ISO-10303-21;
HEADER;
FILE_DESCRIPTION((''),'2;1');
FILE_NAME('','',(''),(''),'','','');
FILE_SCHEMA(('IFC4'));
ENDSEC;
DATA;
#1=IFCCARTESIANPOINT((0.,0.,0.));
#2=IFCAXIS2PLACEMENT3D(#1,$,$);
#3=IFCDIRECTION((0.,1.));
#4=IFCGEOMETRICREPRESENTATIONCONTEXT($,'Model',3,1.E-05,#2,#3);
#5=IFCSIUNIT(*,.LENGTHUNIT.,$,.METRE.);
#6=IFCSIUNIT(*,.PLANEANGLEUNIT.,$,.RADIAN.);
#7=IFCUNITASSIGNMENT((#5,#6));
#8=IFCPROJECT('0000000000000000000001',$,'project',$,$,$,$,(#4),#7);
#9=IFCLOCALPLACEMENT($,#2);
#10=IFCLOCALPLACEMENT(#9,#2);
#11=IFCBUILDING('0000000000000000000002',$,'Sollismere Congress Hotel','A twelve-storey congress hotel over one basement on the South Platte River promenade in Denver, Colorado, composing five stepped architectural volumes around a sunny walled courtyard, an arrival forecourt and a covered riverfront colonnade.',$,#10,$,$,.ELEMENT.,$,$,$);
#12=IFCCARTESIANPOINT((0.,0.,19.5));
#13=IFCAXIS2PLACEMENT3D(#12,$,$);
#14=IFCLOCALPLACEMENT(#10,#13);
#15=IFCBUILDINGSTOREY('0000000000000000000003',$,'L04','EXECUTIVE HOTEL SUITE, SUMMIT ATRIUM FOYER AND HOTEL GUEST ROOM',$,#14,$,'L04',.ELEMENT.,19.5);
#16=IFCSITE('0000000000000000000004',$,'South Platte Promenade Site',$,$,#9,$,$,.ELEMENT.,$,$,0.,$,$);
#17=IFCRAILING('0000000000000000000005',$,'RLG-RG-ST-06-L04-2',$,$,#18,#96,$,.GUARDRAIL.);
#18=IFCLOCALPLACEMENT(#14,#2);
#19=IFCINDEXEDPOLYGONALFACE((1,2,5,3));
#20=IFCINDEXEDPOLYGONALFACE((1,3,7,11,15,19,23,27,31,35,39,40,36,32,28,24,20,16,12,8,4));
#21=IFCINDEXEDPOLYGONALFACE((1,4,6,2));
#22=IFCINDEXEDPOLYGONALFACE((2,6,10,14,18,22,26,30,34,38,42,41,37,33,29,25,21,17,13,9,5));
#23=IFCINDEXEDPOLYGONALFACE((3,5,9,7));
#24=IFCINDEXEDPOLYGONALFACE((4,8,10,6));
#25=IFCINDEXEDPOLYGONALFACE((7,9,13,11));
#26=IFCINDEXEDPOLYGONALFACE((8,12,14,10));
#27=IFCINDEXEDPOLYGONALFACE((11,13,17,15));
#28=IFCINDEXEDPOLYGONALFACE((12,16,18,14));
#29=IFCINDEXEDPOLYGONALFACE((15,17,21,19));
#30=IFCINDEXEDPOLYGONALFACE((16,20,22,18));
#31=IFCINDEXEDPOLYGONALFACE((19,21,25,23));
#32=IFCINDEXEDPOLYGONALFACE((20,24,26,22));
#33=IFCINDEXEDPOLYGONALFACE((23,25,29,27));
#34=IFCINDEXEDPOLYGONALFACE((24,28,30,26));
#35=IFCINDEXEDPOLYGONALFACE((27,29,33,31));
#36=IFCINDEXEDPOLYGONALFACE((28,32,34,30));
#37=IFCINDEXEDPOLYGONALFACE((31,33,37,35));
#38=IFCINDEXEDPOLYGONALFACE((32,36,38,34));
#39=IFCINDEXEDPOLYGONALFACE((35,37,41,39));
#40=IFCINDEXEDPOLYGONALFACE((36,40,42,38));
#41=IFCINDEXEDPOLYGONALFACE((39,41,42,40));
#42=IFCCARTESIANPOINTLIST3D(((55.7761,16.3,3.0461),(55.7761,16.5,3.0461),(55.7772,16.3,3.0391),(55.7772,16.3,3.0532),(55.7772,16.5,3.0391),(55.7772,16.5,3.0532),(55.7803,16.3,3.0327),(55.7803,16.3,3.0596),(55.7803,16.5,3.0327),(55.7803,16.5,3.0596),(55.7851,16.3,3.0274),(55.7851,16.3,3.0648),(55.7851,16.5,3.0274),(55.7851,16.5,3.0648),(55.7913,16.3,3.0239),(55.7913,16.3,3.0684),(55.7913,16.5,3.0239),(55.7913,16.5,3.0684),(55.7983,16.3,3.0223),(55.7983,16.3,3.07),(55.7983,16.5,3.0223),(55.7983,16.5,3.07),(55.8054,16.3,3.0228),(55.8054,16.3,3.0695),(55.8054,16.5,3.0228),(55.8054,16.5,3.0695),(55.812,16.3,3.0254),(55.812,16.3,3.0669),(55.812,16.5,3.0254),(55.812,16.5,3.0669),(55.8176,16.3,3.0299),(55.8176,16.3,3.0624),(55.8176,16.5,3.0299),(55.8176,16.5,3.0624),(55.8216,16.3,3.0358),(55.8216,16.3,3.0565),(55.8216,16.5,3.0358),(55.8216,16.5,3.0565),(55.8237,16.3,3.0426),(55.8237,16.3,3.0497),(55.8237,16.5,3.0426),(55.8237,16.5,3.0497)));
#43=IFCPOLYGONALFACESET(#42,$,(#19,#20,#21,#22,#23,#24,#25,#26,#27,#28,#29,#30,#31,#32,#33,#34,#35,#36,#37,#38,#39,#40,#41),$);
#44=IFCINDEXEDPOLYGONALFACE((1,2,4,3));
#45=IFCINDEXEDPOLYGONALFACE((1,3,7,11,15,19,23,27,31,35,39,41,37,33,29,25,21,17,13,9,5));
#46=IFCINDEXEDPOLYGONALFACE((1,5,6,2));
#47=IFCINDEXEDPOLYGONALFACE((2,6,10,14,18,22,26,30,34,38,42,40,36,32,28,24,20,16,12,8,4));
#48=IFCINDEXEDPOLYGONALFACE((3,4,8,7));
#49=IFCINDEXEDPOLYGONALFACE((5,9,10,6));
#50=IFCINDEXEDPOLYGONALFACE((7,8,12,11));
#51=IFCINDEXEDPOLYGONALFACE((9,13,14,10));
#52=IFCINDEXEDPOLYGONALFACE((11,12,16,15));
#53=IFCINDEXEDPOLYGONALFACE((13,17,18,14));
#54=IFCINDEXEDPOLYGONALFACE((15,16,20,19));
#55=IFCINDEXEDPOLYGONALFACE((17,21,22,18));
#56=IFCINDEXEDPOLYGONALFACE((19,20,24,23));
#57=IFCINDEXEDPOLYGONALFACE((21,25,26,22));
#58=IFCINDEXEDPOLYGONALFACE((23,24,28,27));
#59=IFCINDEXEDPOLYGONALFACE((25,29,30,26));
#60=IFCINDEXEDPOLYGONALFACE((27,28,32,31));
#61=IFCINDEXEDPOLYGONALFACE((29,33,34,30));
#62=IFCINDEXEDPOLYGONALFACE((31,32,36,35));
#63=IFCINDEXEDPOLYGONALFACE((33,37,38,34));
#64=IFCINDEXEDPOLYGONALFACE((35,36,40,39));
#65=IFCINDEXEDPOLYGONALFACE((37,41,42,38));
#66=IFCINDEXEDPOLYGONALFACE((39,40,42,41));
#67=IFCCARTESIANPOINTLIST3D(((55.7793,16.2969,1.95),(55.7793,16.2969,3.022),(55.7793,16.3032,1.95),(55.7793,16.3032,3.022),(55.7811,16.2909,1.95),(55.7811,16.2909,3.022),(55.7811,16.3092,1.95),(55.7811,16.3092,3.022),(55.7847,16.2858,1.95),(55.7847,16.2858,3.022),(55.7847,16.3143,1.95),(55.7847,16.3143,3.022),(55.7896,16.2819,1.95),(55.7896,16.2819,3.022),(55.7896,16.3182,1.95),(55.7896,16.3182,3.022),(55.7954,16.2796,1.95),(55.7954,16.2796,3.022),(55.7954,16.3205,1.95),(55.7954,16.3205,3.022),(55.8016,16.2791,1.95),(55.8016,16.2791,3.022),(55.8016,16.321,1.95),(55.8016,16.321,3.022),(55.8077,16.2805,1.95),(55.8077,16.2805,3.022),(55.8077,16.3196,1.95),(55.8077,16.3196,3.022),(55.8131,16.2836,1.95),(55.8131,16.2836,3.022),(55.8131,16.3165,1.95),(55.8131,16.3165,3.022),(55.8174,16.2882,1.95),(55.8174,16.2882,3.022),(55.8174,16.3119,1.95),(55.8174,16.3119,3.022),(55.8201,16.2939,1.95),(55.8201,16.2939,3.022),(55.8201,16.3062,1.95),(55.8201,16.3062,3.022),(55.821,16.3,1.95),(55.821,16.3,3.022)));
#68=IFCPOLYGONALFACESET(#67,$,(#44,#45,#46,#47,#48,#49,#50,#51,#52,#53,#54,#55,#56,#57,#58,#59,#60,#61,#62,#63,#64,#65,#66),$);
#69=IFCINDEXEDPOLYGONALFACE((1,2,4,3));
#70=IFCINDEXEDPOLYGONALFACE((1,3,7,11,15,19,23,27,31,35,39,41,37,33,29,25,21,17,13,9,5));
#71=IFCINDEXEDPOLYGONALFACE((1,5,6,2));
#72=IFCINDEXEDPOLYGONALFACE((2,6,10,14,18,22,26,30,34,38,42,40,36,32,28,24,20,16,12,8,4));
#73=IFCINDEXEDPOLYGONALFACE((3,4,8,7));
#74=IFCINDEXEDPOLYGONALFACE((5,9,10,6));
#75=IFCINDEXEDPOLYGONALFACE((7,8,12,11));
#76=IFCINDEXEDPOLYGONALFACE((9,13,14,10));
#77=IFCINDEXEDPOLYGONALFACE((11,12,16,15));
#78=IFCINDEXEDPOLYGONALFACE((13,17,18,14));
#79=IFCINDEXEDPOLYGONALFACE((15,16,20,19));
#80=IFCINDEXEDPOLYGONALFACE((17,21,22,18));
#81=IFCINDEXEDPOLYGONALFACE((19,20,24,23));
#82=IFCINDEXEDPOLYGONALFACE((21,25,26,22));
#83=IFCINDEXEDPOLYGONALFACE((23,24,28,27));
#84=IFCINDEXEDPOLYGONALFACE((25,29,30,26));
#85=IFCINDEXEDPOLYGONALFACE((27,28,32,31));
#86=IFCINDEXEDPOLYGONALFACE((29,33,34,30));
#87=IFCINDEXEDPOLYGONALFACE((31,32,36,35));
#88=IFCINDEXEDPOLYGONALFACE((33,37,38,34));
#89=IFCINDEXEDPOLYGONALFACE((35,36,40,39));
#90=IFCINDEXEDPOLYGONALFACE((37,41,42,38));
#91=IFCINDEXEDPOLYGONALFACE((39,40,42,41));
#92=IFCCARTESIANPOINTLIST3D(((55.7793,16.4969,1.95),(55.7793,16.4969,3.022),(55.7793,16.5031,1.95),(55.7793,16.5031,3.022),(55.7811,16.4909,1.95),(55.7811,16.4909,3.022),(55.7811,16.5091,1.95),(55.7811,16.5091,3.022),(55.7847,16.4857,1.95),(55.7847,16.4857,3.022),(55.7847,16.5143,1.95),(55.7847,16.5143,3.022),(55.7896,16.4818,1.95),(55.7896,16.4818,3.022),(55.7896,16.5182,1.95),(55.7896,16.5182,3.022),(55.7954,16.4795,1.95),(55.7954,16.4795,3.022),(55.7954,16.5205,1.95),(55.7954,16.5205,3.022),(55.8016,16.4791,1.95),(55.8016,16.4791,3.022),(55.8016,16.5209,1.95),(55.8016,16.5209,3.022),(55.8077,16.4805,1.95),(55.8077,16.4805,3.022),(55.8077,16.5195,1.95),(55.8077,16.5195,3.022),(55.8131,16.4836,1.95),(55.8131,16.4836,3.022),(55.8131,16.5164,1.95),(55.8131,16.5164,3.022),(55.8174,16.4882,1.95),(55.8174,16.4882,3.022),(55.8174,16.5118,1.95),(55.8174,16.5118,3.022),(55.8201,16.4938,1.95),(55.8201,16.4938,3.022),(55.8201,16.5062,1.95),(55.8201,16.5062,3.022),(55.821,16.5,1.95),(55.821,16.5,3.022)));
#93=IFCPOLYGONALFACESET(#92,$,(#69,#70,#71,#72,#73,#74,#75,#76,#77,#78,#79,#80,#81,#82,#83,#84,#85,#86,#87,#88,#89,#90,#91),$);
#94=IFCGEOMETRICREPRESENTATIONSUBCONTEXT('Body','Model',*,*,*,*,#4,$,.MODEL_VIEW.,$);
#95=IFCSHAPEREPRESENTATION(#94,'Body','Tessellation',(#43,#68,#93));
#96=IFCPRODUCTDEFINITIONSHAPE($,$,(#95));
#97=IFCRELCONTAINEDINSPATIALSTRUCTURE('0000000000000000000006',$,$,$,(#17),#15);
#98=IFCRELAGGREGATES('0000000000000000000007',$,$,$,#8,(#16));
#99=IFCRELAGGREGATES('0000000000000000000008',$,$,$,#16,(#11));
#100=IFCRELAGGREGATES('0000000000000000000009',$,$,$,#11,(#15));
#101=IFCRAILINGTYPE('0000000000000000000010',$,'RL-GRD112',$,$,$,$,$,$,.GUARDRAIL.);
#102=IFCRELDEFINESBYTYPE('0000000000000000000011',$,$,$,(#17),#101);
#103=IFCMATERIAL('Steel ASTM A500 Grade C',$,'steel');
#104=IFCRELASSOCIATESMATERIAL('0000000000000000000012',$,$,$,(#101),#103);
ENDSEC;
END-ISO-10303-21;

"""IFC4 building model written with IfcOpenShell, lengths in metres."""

from ifc_helpers import new_model, si_unit, direction, frame, origin, origin_2d, place, context, subcontext, project, spatial, circle, extrude, material, type_object, element, save


model = new_model("IFC4")

# Units and contexts
model_context = context("Model", 3, precision=1e-05, world=origin(), true_north=direction((0.0, 1.0)))
body_context = subcontext(model_context, "Body", "Model", "MODEL_VIEW")
ifc_project = project(units=[si_unit("LENGTHUNIT", "METRE"), si_unit("PLANEANGLEUNIT", "RADIAN")], contexts=[model_context])

# Site, building, storey
site_placement = place(None, origin())
site = spatial("IfcSite", under=ifc_project, at=site_placement, Name="South Platte Promenade Site", CompositionType="ELEMENT", RefElevation=0.0)
building_placement = place(site_placement, origin())
building = spatial("IfcBuilding", under=site, at=building_placement, Name="Sollismere Congress Hotel", Description="A twelve-storey congress hotel over one basement on the South Platte River promenade in Denver, Colorado, composing five stepped architectural volumes around a sunny walled courtyard, an arrival forecourt and a covered riverfront colonnade.", CompositionType="ELEMENT")
storey_placement = place(building_placement, frame((0.0, 0.0, 19.5)))
storey = spatial("IfcBuildingStorey", under=building, at=storey_placement, Name="L04", Description="EXECUTIVE HOTEL SUITE, SUMMIT ATRIUM FOYER AND HOTEL GUEST ROOM", LongName="L04", CompositionType="ELEMENT", Elevation=19.5)

# Railing
ifc_material_1 = material(Name="Steel ASTM A500 Grade C", Category="steel")
railing_type_1 = type_object("IfcRailingType", Name="RL-GRD112", PredefinedType="GUARDRAIL", material=ifc_material_1)
railing_1_placement = place(storey_placement, frame((55.8, 16.3, 1.95)))
element("IfcRailing", 1, at=railing_1_placement, inside=storey, type_object=railing_type_1, Name="RLG-RG-ST-06-L04-2", PredefinedType="GUARDRAIL", context=body_context, shape_type="SweptSolid", body=[
    extrude(circle(Radius=0.0239, at=origin_2d()), frame((0.0, 0.0, 1.0962), z_axis=(0.0, 1.0, 0.0), x_axis=(-1.0, 0.0, 0.0)), (0.0, 0.0, 1.0), 0.2),
    extrude(circle(Radius=0.021, at=origin_2d()), origin(), (0.0, 0.0, 1.0), 1.072),
    extrude(circle(Radius=0.021, at=origin_2d()), frame((0.0, 0.2, 0.0)), (0.0, 0.0, 1.0), 1.072),
])

save(model, "model.ifc")
